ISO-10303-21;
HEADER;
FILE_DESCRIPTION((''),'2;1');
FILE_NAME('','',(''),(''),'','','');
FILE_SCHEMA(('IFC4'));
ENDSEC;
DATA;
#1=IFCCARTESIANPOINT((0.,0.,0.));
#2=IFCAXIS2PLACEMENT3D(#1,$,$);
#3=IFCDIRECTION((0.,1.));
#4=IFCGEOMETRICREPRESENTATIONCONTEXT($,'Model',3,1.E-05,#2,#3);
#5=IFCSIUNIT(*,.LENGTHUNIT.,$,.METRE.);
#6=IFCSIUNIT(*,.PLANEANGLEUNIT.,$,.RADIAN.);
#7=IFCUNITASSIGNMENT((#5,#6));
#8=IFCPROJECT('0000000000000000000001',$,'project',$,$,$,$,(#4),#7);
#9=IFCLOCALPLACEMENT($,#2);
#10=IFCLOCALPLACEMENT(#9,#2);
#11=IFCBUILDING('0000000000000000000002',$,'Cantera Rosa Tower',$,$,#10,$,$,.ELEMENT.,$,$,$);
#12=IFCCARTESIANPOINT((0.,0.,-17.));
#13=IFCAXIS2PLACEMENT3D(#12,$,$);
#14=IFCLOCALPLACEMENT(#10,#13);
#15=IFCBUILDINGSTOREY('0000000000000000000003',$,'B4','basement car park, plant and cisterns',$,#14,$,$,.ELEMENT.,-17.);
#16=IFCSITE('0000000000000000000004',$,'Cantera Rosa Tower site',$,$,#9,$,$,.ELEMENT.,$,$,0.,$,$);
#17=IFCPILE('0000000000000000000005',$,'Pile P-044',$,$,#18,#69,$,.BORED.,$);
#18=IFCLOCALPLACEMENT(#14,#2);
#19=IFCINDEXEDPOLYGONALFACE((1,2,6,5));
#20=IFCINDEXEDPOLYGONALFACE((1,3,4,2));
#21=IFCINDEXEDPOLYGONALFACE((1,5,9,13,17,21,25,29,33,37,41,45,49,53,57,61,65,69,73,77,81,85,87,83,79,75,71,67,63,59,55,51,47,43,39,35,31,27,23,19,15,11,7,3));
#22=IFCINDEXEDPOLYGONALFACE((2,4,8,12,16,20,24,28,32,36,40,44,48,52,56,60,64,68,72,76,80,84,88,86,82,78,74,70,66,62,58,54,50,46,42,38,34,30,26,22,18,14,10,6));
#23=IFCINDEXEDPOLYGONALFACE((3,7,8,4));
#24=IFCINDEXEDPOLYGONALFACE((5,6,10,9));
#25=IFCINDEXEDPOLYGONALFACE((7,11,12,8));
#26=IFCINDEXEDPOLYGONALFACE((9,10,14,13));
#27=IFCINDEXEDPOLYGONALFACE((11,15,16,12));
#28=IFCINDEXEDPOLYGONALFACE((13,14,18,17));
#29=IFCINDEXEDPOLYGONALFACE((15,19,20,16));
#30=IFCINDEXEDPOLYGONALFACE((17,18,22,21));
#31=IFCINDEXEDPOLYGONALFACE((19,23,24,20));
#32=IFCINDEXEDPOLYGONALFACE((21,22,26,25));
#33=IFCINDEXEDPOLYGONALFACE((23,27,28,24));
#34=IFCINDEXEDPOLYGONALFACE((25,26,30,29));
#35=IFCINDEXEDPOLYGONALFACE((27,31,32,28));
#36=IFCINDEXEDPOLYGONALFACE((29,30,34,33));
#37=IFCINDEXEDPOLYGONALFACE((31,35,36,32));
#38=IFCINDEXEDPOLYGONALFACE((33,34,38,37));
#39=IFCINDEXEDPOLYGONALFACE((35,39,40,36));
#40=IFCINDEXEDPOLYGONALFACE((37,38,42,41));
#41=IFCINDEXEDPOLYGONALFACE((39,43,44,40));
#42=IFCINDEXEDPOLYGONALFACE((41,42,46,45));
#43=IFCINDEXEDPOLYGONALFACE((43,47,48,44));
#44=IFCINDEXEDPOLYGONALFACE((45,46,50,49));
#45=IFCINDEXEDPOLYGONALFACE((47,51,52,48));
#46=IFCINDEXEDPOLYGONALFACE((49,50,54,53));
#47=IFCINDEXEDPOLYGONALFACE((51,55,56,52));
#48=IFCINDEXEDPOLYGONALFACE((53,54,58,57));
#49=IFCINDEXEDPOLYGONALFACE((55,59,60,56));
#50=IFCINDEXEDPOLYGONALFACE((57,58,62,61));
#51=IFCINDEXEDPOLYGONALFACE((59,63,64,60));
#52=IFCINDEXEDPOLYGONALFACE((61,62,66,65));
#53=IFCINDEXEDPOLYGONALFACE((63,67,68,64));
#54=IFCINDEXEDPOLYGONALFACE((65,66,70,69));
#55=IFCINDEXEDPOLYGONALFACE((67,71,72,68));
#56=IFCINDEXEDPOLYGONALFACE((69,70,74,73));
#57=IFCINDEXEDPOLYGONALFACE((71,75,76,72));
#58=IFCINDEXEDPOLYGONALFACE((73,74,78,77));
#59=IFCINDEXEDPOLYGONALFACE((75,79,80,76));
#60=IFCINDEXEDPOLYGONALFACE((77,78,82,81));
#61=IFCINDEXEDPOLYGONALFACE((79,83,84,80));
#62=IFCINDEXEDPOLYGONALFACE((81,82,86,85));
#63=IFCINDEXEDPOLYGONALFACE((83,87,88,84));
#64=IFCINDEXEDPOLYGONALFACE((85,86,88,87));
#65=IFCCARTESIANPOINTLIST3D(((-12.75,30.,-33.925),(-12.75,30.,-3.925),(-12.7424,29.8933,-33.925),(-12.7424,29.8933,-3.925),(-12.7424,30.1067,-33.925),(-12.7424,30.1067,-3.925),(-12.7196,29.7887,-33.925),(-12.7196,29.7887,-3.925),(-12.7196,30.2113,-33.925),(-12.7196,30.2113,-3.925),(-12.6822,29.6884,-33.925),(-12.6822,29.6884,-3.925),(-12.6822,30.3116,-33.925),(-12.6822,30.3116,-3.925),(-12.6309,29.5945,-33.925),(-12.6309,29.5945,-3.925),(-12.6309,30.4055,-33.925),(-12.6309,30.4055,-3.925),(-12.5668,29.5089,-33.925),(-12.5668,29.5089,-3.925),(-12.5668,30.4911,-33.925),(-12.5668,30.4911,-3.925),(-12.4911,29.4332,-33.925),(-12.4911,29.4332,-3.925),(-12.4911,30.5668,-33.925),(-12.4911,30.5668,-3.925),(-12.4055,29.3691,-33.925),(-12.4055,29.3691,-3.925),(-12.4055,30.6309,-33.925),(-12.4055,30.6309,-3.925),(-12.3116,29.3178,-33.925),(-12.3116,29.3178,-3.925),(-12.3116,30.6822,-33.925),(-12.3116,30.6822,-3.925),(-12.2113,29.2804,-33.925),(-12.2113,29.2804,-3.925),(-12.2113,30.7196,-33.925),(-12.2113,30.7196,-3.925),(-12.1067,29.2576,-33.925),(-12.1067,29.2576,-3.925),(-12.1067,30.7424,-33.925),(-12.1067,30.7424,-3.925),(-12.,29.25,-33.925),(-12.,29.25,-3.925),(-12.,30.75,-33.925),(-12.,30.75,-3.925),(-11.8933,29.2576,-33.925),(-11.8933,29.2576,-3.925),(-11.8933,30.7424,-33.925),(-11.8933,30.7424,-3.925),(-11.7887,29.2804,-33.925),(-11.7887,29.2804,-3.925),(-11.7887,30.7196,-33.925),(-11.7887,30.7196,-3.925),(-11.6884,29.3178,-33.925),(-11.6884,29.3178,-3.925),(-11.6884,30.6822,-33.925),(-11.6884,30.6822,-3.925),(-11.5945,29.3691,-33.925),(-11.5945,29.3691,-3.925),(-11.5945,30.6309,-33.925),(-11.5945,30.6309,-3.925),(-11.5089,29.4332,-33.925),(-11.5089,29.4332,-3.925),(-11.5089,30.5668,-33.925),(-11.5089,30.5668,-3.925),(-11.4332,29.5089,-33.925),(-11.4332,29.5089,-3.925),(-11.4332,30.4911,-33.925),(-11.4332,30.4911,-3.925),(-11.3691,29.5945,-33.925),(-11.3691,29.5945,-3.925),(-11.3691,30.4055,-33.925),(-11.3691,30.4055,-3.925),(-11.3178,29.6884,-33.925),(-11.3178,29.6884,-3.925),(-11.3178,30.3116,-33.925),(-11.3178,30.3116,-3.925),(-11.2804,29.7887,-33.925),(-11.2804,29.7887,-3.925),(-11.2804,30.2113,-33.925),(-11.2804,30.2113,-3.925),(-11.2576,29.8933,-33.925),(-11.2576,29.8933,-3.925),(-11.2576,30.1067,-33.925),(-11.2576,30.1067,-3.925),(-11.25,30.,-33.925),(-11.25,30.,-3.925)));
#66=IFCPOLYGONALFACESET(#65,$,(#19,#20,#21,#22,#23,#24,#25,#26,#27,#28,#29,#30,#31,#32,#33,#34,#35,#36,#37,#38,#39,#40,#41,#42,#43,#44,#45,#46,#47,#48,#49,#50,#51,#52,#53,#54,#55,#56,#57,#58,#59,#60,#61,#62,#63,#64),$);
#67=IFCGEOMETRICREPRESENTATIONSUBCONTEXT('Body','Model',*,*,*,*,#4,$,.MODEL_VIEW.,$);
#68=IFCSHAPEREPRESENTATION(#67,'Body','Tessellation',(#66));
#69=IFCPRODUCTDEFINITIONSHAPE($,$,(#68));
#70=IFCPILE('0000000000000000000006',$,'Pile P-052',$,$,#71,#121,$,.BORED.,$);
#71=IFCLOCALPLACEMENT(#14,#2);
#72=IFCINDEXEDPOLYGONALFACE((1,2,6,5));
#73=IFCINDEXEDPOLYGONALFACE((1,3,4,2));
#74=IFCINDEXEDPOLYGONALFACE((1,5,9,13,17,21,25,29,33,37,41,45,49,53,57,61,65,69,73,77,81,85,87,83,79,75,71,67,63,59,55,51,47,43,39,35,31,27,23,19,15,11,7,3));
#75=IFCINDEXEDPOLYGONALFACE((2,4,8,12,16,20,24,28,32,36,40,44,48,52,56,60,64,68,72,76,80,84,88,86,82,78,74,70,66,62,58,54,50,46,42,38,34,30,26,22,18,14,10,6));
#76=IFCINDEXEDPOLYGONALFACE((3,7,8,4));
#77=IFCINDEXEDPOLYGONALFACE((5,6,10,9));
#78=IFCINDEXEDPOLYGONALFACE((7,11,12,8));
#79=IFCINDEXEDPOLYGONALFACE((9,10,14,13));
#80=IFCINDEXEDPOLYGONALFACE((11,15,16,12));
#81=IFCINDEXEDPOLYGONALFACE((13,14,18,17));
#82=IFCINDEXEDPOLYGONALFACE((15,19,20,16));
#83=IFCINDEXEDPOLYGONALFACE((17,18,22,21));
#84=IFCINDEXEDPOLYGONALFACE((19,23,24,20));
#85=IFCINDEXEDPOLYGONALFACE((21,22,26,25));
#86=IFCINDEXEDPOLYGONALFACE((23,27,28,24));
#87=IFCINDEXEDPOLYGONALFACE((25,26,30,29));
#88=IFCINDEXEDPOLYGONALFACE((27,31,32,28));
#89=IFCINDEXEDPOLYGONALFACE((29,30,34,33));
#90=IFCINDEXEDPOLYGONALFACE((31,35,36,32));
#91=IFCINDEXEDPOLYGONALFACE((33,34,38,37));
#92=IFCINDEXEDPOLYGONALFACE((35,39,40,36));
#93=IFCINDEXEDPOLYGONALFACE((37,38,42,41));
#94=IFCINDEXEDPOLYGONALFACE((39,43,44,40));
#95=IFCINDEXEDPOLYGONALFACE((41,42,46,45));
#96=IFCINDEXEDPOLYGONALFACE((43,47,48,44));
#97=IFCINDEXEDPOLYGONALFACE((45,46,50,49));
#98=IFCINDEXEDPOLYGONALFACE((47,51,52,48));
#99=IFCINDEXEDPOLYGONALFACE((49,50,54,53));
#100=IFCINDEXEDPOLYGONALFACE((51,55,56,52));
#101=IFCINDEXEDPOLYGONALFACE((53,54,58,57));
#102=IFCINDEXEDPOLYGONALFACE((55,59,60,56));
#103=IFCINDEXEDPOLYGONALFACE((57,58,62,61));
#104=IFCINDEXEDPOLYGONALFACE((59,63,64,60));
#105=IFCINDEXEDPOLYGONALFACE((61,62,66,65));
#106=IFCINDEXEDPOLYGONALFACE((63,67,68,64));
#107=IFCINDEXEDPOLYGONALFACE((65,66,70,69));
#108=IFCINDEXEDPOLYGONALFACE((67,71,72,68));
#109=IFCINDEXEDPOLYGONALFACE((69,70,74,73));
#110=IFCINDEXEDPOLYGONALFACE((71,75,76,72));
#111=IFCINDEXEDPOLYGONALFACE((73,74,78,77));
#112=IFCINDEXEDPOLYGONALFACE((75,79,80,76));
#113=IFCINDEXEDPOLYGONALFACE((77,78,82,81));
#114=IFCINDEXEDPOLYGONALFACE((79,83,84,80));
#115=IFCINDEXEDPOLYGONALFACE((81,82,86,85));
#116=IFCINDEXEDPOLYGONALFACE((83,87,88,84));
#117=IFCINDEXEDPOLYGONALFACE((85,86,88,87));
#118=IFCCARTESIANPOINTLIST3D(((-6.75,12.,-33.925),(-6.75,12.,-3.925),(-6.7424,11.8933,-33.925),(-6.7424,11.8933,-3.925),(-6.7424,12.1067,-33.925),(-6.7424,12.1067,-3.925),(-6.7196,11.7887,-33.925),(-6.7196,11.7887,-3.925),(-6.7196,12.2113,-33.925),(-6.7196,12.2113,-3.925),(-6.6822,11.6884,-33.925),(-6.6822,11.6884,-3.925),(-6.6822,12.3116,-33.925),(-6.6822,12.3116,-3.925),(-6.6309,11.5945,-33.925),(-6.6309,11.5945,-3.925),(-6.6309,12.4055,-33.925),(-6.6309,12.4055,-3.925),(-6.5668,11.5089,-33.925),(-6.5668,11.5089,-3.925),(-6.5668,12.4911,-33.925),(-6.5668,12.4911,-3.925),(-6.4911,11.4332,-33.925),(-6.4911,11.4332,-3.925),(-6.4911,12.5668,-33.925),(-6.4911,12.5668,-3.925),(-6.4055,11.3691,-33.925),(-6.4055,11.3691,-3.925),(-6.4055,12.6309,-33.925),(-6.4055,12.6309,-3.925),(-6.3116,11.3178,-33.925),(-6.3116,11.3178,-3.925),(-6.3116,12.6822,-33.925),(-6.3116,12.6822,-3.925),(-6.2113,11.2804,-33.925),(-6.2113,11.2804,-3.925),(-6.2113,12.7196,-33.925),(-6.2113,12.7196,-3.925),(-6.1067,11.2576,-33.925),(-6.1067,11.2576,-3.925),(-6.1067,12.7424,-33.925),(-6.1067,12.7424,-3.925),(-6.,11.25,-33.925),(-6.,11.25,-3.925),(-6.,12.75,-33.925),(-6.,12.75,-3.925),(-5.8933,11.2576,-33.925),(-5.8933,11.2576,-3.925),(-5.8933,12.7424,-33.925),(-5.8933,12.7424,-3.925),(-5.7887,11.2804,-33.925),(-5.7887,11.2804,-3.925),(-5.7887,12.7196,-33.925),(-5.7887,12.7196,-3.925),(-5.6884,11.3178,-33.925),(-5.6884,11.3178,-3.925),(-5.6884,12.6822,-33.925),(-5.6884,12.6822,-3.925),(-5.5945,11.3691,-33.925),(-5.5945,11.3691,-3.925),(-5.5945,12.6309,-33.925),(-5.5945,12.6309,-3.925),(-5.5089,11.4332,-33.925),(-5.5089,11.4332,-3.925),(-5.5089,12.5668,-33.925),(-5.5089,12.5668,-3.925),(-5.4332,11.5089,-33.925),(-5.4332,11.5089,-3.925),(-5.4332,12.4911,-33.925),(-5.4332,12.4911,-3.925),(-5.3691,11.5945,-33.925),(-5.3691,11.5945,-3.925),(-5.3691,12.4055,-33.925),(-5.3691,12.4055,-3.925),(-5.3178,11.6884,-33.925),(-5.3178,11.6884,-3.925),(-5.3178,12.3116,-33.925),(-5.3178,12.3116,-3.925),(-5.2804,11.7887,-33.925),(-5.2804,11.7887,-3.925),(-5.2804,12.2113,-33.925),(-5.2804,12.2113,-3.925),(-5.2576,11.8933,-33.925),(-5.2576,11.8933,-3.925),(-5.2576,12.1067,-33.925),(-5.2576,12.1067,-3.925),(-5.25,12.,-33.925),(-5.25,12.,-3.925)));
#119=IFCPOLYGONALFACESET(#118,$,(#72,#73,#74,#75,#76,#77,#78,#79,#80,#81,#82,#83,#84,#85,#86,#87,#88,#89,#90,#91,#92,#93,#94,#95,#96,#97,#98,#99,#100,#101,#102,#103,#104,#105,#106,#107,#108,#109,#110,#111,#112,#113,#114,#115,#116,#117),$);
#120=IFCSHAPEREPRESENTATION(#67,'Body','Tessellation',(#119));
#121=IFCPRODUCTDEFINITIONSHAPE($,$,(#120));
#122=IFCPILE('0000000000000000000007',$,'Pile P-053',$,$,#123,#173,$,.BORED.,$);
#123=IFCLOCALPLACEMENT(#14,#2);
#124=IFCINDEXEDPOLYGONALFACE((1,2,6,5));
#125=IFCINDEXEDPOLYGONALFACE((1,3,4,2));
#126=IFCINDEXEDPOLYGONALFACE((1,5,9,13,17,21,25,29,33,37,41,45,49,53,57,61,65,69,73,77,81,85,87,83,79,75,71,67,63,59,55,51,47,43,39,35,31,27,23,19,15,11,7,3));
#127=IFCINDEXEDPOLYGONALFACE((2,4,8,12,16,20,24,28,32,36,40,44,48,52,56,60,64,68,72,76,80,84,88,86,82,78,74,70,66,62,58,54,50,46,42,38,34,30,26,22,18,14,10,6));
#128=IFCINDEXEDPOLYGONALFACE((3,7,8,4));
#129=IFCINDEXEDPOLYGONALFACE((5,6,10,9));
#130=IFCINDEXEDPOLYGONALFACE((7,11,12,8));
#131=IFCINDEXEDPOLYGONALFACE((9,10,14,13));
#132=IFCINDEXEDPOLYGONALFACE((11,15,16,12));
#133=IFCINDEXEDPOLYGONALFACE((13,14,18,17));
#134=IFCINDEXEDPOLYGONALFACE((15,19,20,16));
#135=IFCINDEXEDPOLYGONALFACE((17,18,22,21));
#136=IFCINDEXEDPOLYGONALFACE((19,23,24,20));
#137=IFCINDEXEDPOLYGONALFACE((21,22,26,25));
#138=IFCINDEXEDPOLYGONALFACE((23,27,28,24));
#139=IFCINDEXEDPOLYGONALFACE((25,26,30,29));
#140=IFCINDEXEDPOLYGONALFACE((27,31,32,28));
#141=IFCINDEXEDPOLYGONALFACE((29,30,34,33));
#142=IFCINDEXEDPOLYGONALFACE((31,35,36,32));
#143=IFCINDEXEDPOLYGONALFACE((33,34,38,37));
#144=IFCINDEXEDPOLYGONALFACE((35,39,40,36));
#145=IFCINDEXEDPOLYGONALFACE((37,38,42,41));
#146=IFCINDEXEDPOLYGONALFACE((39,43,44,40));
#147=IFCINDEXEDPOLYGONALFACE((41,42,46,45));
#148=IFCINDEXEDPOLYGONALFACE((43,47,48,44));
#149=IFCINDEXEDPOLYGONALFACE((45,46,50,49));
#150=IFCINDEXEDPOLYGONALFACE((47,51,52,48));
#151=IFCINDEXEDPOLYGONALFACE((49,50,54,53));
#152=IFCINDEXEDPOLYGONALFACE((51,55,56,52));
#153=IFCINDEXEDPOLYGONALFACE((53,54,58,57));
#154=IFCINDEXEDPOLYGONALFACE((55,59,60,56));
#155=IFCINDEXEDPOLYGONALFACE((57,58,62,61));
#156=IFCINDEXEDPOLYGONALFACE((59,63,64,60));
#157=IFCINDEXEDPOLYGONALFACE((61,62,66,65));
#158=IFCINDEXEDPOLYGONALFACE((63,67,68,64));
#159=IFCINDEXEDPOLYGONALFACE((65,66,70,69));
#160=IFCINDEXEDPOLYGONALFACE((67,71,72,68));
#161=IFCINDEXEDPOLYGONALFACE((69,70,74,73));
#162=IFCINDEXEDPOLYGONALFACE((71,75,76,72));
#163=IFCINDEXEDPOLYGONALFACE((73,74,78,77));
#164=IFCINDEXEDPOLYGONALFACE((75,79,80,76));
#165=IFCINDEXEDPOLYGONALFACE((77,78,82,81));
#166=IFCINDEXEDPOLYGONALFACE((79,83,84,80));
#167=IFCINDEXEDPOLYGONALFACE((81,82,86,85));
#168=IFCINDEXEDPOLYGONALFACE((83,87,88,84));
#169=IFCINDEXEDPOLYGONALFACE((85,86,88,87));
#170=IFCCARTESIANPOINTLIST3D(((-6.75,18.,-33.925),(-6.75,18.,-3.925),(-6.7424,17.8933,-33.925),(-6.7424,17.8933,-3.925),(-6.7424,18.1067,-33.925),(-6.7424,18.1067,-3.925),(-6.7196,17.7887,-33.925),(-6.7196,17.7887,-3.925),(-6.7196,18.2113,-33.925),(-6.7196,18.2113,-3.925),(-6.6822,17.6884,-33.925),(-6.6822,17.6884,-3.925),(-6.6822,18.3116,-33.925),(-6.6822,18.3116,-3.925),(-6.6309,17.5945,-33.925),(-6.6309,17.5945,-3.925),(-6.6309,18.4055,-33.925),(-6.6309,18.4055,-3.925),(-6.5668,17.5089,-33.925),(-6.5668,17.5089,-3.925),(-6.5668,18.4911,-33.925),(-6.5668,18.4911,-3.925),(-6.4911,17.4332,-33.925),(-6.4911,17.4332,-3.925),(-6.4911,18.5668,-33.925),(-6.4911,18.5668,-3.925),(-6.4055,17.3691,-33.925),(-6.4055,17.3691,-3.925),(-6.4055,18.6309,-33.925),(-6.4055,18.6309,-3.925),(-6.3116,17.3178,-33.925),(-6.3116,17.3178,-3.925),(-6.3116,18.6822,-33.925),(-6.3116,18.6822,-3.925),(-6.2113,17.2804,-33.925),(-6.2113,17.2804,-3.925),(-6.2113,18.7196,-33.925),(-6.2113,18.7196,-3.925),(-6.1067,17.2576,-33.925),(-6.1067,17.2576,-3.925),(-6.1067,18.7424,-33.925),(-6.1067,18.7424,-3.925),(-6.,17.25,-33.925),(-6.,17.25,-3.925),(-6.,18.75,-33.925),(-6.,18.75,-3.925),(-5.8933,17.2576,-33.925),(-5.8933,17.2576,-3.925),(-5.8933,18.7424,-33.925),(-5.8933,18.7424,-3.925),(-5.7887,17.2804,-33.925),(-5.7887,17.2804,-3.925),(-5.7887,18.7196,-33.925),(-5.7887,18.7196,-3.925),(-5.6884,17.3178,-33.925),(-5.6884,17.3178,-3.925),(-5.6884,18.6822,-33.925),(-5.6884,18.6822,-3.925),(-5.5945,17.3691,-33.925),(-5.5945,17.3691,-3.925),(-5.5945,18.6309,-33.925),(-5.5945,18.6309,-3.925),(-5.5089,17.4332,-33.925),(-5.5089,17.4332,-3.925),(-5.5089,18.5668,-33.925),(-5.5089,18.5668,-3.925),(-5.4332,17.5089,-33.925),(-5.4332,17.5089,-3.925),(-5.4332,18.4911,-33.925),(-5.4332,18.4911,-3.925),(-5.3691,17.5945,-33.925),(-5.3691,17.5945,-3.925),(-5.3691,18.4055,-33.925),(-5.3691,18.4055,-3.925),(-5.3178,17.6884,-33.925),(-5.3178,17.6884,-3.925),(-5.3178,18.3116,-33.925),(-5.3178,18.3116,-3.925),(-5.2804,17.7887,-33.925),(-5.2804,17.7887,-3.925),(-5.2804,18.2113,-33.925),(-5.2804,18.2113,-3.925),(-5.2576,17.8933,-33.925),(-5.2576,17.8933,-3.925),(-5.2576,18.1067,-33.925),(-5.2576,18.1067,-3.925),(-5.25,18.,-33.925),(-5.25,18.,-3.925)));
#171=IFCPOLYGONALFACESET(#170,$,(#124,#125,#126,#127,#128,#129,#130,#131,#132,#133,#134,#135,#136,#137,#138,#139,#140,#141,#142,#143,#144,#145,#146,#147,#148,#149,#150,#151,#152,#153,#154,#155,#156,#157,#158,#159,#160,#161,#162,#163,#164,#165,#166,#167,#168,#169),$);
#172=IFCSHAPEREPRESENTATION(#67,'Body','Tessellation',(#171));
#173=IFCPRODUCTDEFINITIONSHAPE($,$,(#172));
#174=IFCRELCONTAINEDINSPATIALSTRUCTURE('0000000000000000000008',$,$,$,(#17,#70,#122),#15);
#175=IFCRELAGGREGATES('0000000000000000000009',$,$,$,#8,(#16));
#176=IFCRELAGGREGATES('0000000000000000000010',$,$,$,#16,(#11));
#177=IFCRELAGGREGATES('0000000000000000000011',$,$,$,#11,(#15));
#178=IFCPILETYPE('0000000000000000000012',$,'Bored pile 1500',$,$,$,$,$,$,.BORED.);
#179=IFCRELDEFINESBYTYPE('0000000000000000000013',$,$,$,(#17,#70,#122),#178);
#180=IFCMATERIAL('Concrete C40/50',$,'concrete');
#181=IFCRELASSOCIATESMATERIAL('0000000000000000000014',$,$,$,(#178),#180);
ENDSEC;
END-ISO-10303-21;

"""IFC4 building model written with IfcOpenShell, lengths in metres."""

from ifc_helpers import new_model, si_unit, direction, frame, origin, origin_2d, place, context, subcontext, project, spatial, circle, extrude, material, material_profile, profile_set, type_object, element, save


model = new_model("IFC4")

# Units and contexts
model_context = context("Model", 3, precision=1e-05, world=origin(), true_north=direction((0.0, 1.0)))
body_context = subcontext(model_context, "Body", "Model", "MODEL_VIEW")
ifc_project = project(units=[si_unit("LENGTHUNIT", "METRE"), si_unit("PLANEANGLEUNIT", "RADIAN")], contexts=[model_context])

# Site, building, storey
site_placement = place(None, origin())
site = spatial("IfcSite", under=ifc_project, at=site_placement, Name="Cantera Rosa Tower site", CompositionType="ELEMENT", RefElevation=0.0)
building_placement = place(site_placement, origin())
building = spatial("IfcBuilding", under=site, at=building_placement, Name="Cantera Rosa Tower", CompositionType="ELEMENT")
storey_placement = place(building_placement, frame((0.0, 0.0, -17.0)))
storey = spatial("IfcBuildingStorey", under=building, at=storey_placement, Name="B4", Description="basement car park, plant and cisterns", CompositionType="ELEMENT", Elevation=-17.0)

# Piles
ifc_material_1 = material(Name="Concrete C40/50", Category="concrete")
ifc_material_profile_1 = material_profile(ifc_material_1, circle(Radius=0.75, at=origin_2d()), Name="Bored pile 1500")
ifc_profile_set_1 = profile_set([ifc_material_profile_1], Name="Concrete C40/50")
pile_type = type_object("IfcPileType", Name="Bored pile 1500", PredefinedType="BORED", material=ifc_profile_set_1)
for number, where, z_axis, x_axis, name in (
    (1, (-12.0, 30.0, -3.925), (0.0, 0.0, -1.0), (1.0, 0.0, 0.0), "Pile P-044"),
    (2, (-6.0, 12.0, -3.925), (0.0, 0.0, -1.0), (1.0, 0.0, 0.0), "Pile P-052"),
    (3, (-6.0, 18.0, -3.925), (0.0, 0.0, -1.0), (1.0, 0.0, 0.0), "Pile P-053"),
):
    element("IfcPile", number, at=place(storey_placement, frame(where, z_axis=z_axis, x_axis=x_axis)), inside=storey, type_object=pile_type, Name=name, PredefinedType="BORED", context=body_context, shape_type="SweptSolid", body=[
        extrude(circle(Radius=0.75, at=origin_2d()), origin(), (0.0, 0.0, 1.0), 30.0),
    ])

save(model, "model.ifc")
